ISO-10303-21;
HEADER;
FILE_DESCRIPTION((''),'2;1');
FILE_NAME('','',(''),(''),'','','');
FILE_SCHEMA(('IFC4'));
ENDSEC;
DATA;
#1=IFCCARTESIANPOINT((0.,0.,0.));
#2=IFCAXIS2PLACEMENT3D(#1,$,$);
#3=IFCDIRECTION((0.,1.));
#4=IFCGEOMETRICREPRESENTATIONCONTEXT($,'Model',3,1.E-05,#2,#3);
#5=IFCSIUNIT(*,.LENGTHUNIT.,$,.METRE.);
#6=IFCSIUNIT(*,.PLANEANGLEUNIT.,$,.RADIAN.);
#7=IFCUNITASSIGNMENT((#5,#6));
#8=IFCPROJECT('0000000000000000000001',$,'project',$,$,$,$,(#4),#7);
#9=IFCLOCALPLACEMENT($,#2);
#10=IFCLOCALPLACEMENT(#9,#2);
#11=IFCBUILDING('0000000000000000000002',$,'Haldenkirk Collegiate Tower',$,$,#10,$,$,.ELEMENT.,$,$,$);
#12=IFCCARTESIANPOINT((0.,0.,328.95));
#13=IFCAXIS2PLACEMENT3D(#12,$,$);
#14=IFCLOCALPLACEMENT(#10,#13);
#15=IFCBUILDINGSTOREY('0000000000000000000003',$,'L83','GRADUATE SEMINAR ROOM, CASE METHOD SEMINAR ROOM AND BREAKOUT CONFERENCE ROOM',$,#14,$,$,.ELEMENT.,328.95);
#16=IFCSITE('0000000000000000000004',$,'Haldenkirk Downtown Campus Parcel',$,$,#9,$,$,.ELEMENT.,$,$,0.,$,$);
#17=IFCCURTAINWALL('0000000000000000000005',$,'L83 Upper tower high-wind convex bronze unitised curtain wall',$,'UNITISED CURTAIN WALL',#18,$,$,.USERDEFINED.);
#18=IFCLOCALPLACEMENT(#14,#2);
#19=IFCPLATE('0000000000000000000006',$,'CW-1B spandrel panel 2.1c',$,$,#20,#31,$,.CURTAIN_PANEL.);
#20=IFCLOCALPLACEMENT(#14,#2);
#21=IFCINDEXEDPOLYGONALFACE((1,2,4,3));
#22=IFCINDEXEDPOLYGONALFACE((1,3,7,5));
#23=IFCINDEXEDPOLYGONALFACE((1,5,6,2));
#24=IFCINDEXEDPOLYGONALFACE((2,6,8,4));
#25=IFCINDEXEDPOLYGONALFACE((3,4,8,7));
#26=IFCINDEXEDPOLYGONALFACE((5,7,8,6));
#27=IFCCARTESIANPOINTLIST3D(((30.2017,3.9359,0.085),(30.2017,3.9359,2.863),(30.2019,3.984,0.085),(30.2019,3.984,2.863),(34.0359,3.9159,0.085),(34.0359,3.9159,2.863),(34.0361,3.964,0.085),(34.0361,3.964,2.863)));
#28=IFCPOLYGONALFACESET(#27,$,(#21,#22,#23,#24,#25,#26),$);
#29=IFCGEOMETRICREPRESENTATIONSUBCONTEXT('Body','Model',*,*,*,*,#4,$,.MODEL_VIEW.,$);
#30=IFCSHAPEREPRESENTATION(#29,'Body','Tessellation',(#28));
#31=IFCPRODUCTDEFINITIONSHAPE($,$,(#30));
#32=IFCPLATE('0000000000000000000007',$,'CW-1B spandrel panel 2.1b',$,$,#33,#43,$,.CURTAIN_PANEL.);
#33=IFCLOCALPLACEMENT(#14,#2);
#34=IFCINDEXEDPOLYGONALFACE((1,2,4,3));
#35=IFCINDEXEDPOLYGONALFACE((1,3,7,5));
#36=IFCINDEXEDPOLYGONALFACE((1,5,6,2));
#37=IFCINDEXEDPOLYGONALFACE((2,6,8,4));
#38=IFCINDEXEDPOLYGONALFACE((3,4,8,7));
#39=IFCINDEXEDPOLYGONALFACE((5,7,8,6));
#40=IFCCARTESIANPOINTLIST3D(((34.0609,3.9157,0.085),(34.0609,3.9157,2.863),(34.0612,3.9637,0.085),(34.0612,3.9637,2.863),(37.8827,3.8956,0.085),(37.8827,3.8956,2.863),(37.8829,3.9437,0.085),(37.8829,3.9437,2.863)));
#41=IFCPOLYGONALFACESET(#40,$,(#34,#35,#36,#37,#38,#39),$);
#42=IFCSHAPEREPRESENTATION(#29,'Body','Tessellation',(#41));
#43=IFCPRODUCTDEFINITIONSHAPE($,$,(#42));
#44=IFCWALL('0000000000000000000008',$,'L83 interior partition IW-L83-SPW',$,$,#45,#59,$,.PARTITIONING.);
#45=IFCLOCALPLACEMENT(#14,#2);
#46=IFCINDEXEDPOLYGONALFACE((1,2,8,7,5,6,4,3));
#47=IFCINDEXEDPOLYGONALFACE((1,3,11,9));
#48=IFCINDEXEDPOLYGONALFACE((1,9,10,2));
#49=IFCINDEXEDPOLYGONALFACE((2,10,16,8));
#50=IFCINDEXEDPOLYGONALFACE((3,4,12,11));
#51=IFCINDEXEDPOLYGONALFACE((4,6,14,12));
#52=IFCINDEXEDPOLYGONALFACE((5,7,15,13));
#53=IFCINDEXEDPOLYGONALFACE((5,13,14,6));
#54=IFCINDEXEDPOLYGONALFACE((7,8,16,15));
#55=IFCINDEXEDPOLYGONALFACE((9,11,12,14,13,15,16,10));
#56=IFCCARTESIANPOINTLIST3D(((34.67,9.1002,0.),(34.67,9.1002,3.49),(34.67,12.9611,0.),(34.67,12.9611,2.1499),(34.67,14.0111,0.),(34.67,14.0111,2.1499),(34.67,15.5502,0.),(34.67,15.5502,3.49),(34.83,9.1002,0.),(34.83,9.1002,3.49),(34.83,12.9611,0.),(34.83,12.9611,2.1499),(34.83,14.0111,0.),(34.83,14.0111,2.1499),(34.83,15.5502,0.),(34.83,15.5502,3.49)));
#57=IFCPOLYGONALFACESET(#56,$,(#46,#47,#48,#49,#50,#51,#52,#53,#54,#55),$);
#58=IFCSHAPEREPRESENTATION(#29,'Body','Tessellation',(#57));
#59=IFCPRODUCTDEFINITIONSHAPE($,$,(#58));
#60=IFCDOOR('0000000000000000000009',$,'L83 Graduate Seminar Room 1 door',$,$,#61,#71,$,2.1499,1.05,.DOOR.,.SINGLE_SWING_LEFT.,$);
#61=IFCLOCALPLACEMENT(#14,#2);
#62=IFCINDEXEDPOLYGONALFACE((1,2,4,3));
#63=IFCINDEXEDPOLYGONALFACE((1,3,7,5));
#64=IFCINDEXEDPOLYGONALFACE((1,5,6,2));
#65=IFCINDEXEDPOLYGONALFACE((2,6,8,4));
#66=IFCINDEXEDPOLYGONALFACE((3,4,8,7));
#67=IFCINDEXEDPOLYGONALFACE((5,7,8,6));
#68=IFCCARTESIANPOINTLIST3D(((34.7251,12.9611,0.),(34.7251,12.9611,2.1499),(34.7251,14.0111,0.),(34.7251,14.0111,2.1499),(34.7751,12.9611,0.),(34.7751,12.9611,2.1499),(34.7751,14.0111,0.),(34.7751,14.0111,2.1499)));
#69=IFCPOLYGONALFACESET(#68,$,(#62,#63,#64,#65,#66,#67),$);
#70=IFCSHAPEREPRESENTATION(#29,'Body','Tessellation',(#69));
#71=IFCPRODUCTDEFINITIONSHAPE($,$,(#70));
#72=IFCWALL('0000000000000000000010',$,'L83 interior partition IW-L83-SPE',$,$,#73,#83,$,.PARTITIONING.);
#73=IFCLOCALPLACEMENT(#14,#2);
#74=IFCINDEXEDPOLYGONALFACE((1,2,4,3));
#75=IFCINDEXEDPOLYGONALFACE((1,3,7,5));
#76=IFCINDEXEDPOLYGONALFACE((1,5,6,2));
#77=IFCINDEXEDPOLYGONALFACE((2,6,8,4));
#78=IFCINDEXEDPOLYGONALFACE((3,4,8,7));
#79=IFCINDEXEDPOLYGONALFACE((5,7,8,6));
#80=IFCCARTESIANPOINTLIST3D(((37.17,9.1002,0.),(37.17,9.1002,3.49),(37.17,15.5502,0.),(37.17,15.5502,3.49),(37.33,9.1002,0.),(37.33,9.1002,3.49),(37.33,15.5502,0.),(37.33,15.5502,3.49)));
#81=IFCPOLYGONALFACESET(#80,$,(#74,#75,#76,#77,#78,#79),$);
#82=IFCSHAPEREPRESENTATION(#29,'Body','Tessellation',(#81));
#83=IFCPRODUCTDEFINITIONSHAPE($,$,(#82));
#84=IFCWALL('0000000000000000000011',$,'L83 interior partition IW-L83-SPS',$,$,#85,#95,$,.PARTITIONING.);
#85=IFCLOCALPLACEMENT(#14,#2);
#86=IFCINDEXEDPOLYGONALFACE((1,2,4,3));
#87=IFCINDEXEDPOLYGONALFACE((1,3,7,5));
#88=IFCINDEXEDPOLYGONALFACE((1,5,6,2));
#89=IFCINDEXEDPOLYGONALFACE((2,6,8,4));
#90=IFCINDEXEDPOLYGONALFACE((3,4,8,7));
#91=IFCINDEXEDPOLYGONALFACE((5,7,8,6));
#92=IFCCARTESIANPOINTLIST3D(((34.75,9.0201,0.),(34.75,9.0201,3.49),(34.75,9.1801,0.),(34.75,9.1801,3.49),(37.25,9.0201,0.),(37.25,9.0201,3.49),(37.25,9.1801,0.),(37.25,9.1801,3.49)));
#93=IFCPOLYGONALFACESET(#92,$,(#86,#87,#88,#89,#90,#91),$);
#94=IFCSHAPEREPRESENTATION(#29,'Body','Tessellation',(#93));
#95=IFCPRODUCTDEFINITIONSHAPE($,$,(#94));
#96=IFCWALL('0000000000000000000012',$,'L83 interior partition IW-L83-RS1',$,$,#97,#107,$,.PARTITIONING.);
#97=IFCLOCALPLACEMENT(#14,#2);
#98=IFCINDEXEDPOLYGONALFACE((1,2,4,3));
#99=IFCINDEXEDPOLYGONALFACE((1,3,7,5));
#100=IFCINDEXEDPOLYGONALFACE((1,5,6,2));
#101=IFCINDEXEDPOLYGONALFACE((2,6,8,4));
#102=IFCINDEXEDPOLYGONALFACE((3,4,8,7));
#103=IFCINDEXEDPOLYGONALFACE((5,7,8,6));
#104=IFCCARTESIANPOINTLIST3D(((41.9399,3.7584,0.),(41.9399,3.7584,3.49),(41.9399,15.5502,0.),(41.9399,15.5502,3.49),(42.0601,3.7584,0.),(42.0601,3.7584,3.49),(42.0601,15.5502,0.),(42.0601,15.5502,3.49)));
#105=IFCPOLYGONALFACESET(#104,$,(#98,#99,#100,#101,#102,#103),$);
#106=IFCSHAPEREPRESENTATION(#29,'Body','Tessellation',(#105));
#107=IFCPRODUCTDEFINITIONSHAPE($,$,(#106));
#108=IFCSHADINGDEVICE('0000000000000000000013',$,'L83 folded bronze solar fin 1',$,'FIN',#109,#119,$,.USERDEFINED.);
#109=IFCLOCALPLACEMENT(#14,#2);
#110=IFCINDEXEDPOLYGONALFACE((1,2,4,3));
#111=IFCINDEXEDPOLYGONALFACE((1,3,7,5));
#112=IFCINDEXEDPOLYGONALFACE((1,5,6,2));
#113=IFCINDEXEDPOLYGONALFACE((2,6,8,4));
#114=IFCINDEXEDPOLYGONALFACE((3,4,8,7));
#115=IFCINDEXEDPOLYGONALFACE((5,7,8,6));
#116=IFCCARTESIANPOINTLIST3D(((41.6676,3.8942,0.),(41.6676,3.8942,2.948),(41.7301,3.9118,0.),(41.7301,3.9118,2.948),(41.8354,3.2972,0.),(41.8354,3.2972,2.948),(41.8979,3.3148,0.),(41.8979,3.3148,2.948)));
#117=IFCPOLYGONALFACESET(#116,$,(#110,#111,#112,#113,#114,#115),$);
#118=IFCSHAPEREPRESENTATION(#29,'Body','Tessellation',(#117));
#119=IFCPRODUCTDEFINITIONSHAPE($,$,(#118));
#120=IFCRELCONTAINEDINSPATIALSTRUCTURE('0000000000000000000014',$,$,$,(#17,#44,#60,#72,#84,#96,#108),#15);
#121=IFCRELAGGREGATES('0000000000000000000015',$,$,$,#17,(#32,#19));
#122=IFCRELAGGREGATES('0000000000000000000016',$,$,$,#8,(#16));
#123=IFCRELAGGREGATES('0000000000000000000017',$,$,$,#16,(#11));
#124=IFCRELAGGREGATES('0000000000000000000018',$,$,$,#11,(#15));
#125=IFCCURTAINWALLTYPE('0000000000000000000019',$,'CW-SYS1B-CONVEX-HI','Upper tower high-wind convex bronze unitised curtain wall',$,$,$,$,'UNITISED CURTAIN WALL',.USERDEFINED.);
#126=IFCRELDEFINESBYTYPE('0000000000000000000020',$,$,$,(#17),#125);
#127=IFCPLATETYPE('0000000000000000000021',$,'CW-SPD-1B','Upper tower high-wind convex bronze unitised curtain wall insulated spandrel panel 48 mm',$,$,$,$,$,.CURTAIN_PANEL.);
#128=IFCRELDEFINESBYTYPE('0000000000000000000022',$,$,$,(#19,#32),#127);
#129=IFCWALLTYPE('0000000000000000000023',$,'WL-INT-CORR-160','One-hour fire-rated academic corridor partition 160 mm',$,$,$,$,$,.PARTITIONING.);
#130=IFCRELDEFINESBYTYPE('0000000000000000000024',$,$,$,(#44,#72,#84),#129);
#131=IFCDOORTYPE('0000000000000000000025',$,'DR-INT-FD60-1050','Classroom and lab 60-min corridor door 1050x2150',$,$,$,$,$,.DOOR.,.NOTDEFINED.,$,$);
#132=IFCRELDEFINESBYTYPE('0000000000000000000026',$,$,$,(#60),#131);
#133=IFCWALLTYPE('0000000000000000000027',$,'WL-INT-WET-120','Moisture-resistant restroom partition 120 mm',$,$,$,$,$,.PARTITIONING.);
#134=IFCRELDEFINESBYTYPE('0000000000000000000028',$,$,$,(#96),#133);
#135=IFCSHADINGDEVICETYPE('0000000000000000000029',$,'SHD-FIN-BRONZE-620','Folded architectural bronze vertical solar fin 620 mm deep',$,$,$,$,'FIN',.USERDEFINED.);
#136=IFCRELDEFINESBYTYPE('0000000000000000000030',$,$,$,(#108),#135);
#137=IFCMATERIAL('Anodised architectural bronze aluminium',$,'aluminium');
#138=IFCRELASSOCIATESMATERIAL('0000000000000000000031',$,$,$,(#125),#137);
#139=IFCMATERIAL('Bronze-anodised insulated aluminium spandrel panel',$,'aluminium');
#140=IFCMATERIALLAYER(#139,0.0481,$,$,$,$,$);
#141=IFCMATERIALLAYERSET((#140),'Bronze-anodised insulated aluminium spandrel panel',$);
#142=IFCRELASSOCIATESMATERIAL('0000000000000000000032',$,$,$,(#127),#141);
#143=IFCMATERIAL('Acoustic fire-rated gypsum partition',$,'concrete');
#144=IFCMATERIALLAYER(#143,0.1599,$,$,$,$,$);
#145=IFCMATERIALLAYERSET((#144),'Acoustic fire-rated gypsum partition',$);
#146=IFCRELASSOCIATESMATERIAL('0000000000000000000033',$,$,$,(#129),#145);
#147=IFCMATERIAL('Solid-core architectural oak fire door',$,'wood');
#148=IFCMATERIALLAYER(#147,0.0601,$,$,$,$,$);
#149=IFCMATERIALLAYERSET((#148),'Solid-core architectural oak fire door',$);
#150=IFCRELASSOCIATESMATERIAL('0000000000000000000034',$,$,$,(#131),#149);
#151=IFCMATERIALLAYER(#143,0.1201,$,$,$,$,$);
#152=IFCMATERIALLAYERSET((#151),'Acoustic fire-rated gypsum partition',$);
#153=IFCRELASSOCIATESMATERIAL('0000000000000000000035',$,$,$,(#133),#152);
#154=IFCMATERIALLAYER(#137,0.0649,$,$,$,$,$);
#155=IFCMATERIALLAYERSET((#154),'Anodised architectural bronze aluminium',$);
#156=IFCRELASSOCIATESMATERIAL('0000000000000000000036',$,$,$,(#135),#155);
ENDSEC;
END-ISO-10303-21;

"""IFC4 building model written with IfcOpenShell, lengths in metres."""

from ifc_helpers import new_model, si_unit, direction, frame, frame_2d, origin, origin_2d, place, context, subcontext, project, spatial, rectangle, extrude, source, transform, mapped, material, layer, layer_set, type_object, element, fill, aggregate, save


model = new_model("IFC4")

# Units and contexts
model_context = context("Model", 3, precision=1e-05, world=origin(), true_north=direction((0.0, 1.0)))
body_context = subcontext(model_context, "Body", "Model", "MODEL_VIEW")
ifc_project = project(units=[si_unit("LENGTHUNIT", "METRE"), si_unit("PLANEANGLEUNIT", "RADIAN")], contexts=[model_context])

# Site, building, storey
site_placement = place(None, origin())
site = spatial("IfcSite", under=ifc_project, at=site_placement, Name="Haldenkirk Downtown Campus Parcel", CompositionType="ELEMENT", RefElevation=0.0)
building_placement = place(site_placement, origin())
building = spatial("IfcBuilding", under=site, at=building_placement, Name="Haldenkirk Collegiate Tower", CompositionType="ELEMENT")
storey_placement = place(building_placement, frame((0.0, 0.0, 328.95)))
storey = spatial("IfcBuildingStorey", under=building, at=storey_placement, Name="L83", Description="GRADUATE SEMINAR ROOM, CASE METHOD SEMINAR ROOM AND BREAKOUT CONFERENCE ROOM", CompositionType="ELEMENT", Elevation=328.95)

# Curtain wall
ifc_material_1 = material(Name="Anodised architectural bronze aluminium", Category="aluminium")
curtain_wall_type = type_object("IfcCurtainWallType", Name="CW-SYS1B-CONVEX-HI", Description="Upper tower high-wind convex bronze unitised curtain wall", ElementType="UNITISED CURTAIN WALL", PredefinedType="USERDEFINED", material=ifc_material_1)
curtain_wall_placement = place(storey_placement, origin())
curtain_wall = element("IfcCurtainWall", 1, at=curtain_wall_placement, inside=storey, type_object=curtain_wall_type, Name="L83 Upper tower high-wind convex bronze unitised curtain wall", ObjectType="UNITISED CURTAIN WALL", PredefinedType="USERDEFINED")

# Plates
ifc_material_2 = material(Name="Bronze-anodised insulated aluminium spandrel panel", Category="aluminium")
ifc_layer_1 = layer(ifc_material_2, 0.0481)
ifc_layer_set_1 = layer_set([ifc_layer_1], Name="Bronze-anodised insulated aluminium spandrel panel")
plate_type_1 = type_object("IfcPlateType", Name="CW-SPD-1B", Description="Upper tower high-wind convex bronze unitised curtain wall insulated spandrel panel 48 mm", PredefinedType="CURTAIN_PANEL", material=ifc_layer_set_1)
shared_shape_1 = source(origin(), body_context, "Body", "SweptSolid", [
    extrude(rectangle(XDim=3.8342, YDim=0.0481, at=origin_2d()), origin(), (0.0, 0.0, 1.0), 2.7781),
])
plate_1_placement = place(storey_placement, frame((32.1189, 3.95, 0.085), z_axis=(0.0, 0.0, 1.0), x_axis=(-0.999986, 0.005239, 0.0)))
plate_1 = element("IfcPlate", 2, at=plate_1_placement, type_object=plate_type_1, Name="CW-1B spandrel panel 2.1c", PredefinedType="CURTAIN_PANEL", context=body_context, shape_type="MappedRepresentation", body=[
    mapped(shared_shape_1, transform((0.0, 0.0, 0.0), x_axis=(1.0, 0.0, 0.0), y_axis=(0.0, 1.0, 0.0), z_axis=(0.0, 0.0, 1.0), scale=1.0)),
])
shared_shape_2 = source(origin(), body_context, "Body", "SweptSolid", [
    extrude(rectangle(XDim=3.8218, YDim=0.0481, at=origin_2d()), origin(), (0.0, 0.0, 1.0), 2.7781),
])
plate_2_placement = place(storey_placement, frame((35.9719, 3.9297, 0.085), z_axis=(0.0, 0.0, 1.0), x_axis=(-0.999986, 0.005239, 0.0)))
plate_2 = element("IfcPlate", 3, at=plate_2_placement, type_object=plate_type_1, Name="CW-1B spandrel panel 2.1b", PredefinedType="CURTAIN_PANEL", context=body_context, shape_type="MappedRepresentation", body=[
    mapped(shared_shape_2, transform((0.0, 0.0, 0.0), x_axis=(1.0, 0.0, 0.0), y_axis=(0.0, 1.0, 0.0), z_axis=(0.0, 0.0, 1.0), scale=1.0)),
])
aggregate(curtain_wall, [plate_2, plate_1])

# Wall, opening, door
ifc_material_3 = material(Name="Acoustic fire-rated gypsum partition", Category="concrete")
ifc_layer_2 = layer(ifc_material_3, 0.1599)
ifc_layer_set_2 = layer_set([ifc_layer_2], Name="Acoustic fire-rated gypsum partition")
wall_type_1 = type_object("IfcWallType", Name="WL-INT-CORR-160", Description="One-hour fire-rated academic corridor partition 160 mm", PredefinedType="PARTITIONING", material=ifc_layer_set_2)
wall_1_placement = place(storey_placement, frame((34.75, 9.1001, 0.0), z_axis=(0.0, 0.0, 1.0), x_axis=(0.0, 1.0, 0.0)))
wall_1 = element("IfcWall", 4, at=wall_1_placement, inside=storey, type_object=wall_type_1, Name="L83 interior partition IW-L83-SPW", PredefinedType="PARTITIONING", context=body_context, shape_type="SweptSolid", body=[
    extrude(rectangle(XDim=6.45, YDim=0.1599, at=frame_2d((3.2251, 0.0))), origin(), (0.0, 0.0, 1.0), 3.49),
])
opening_placement = place(wall_1_placement, frame((3.8611, 0.0, 0.0)))
opening = element("IfcOpeningElement", 5, at=opening_placement, cuts=wall_1, PredefinedType="OPENING", context=body_context, shape_type="SweptSolid", body=[
    extrude(rectangle(XDim=1.05, YDim=2.1499, at=frame_2d((0.5249, 1.075))), frame((0.0, 0.0898, 0.0), z_axis=(0.0, -1.0, 0.0), x_axis=(1.0, 0.0, 0.0)), (0.0, 0.0, 1.0), 0.1799),
])
ifc_material_4 = material(Name="Solid-core architectural oak fire door", Category="wood")
ifc_layer_3 = layer(ifc_material_4, 0.0601)
ifc_layer_set_3 = layer_set([ifc_layer_3], Name="Solid-core architectural oak fire door")
door_type = type_object("IfcDoorType", Name="DR-INT-FD60-1050", Description="Classroom and lab 60-min corridor door 1050x2150", OperationType="NOTDEFINED", PredefinedType="DOOR", material=ifc_layer_set_3)
door_placement = place(opening_placement, origin())
door = element("IfcDoor", 6, at=door_placement, inside=storey, type_object=door_type, Name="L83 Graduate Seminar Room 1 door", OperationType="SINGLE_SWING_LEFT", OverallHeight=2.1499, OverallWidth=1.05, PredefinedType="DOOR", context=body_context, shape_type="SweptSolid", body=[
    extrude(rectangle(XDim=1.05, YDim=2.1499, at=frame_2d((0.5249, 1.075))), frame((0.0, 0.0249, 0.0), z_axis=(0.0, -1.0, 0.0), x_axis=(1.0, 0.0, 0.0)), (0.0, 0.0, 1.0), 0.05),
])
fill(opening, door)

# Walls
wall_2_placement = place(storey_placement, frame((37.25, 9.1001, 0.0), z_axis=(0.0, 0.0, 1.0), x_axis=(0.0, 1.0, 0.0)))
element("IfcWall", 7, at=wall_2_placement, inside=storey, type_object=wall_type_1, Name="L83 interior partition IW-L83-SPE", PredefinedType="PARTITIONING", context=body_context, shape_type="SweptSolid", body=[
    extrude(rectangle(XDim=6.45, YDim=0.1599, at=frame_2d((3.2251, 0.0))), origin(), (0.0, 0.0, 1.0), 3.49),
])
wall_3_placement = place(storey_placement, frame((34.75, 9.1001, 0.0), z_axis=(0.0, 0.0, 1.0), x_axis=(1.0, 0.0, 0.0)))
element("IfcWall", 8, at=wall_3_placement, inside=storey, type_object=wall_type_1, Name="L83 interior partition IW-L83-SPS", PredefinedType="PARTITIONING", context=body_context, shape_type="SweptSolid", body=[
    extrude(rectangle(XDim=2.5, YDim=0.1599, at=frame_2d((1.25, 0.0))), origin(), (0.0, 0.0, 1.0), 3.49),
])
ifc_layer_4 = layer(ifc_material_3, 0.1201)
ifc_layer_set_4 = layer_set([ifc_layer_4], Name="Acoustic fire-rated gypsum partition")
wall_type_2 = type_object("IfcWallType", Name="WL-INT-WET-120", Description="Moisture-resistant restroom partition 120 mm", PredefinedType="PARTITIONING", material=ifc_layer_set_4)
wall_4_placement = place(storey_placement, frame((42.0, 3.7583, 0.0), z_axis=(0.0, 0.0, 1.0), x_axis=(0.0, 1.0, 0.0)))
element("IfcWall", 9, at=wall_4_placement, inside=storey, type_object=wall_type_2, Name="L83 interior partition IW-L83-RS1", PredefinedType="PARTITIONING", context=body_context, shape_type="SweptSolid", body=[
    extrude(rectangle(XDim=11.7917, YDim=0.1201, at=frame_2d((5.896, 0.0))), origin(), (0.0, 0.0, 1.0), 3.49),
])

# Shading device
ifc_layer_5 = layer(ifc_material_1, 0.0649)
ifc_layer_set_5 = layer_set([ifc_layer_5], Name="Anodised architectural bronze aluminium")
shading_device_type = type_object("IfcShadingDeviceType", Name="SHD-FIN-BRONZE-620", Description="Folded architectural bronze vertical solar fin 620 mm deep", ElementType="FIN", PredefinedType="USERDEFINED", material=ifc_layer_set_5)
shared_shape_3 = source(origin(), body_context, "Body", "SweptSolid", [
    extrude(rectangle(XDim=0.6201, YDim=0.0649, at=origin_2d()), origin(), (0.0, 0.0, 1.0), 2.948),
])
shading_device_placement = place(storey_placement, frame((41.7827, 3.6045, 0.0), z_axis=(0.0, 0.0, 1.0), x_axis=(0.2706, -0.962692, 0.0)))
element("IfcShadingDevice", 10, at=shading_device_placement, inside=storey, type_object=shading_device_type, Name="L83 folded bronze solar fin 1", ObjectType="FIN", PredefinedType="USERDEFINED", context=body_context, shape_type="MappedRepresentation", body=[
    mapped(shared_shape_3, transform((0.0, 0.0, 0.0), x_axis=(1.0, 0.0, 0.0), y_axis=(0.0, 1.0, 0.0), z_axis=(0.0, 0.0, 1.0), scale=1.0)),
])

save(model, "model.ifc")
